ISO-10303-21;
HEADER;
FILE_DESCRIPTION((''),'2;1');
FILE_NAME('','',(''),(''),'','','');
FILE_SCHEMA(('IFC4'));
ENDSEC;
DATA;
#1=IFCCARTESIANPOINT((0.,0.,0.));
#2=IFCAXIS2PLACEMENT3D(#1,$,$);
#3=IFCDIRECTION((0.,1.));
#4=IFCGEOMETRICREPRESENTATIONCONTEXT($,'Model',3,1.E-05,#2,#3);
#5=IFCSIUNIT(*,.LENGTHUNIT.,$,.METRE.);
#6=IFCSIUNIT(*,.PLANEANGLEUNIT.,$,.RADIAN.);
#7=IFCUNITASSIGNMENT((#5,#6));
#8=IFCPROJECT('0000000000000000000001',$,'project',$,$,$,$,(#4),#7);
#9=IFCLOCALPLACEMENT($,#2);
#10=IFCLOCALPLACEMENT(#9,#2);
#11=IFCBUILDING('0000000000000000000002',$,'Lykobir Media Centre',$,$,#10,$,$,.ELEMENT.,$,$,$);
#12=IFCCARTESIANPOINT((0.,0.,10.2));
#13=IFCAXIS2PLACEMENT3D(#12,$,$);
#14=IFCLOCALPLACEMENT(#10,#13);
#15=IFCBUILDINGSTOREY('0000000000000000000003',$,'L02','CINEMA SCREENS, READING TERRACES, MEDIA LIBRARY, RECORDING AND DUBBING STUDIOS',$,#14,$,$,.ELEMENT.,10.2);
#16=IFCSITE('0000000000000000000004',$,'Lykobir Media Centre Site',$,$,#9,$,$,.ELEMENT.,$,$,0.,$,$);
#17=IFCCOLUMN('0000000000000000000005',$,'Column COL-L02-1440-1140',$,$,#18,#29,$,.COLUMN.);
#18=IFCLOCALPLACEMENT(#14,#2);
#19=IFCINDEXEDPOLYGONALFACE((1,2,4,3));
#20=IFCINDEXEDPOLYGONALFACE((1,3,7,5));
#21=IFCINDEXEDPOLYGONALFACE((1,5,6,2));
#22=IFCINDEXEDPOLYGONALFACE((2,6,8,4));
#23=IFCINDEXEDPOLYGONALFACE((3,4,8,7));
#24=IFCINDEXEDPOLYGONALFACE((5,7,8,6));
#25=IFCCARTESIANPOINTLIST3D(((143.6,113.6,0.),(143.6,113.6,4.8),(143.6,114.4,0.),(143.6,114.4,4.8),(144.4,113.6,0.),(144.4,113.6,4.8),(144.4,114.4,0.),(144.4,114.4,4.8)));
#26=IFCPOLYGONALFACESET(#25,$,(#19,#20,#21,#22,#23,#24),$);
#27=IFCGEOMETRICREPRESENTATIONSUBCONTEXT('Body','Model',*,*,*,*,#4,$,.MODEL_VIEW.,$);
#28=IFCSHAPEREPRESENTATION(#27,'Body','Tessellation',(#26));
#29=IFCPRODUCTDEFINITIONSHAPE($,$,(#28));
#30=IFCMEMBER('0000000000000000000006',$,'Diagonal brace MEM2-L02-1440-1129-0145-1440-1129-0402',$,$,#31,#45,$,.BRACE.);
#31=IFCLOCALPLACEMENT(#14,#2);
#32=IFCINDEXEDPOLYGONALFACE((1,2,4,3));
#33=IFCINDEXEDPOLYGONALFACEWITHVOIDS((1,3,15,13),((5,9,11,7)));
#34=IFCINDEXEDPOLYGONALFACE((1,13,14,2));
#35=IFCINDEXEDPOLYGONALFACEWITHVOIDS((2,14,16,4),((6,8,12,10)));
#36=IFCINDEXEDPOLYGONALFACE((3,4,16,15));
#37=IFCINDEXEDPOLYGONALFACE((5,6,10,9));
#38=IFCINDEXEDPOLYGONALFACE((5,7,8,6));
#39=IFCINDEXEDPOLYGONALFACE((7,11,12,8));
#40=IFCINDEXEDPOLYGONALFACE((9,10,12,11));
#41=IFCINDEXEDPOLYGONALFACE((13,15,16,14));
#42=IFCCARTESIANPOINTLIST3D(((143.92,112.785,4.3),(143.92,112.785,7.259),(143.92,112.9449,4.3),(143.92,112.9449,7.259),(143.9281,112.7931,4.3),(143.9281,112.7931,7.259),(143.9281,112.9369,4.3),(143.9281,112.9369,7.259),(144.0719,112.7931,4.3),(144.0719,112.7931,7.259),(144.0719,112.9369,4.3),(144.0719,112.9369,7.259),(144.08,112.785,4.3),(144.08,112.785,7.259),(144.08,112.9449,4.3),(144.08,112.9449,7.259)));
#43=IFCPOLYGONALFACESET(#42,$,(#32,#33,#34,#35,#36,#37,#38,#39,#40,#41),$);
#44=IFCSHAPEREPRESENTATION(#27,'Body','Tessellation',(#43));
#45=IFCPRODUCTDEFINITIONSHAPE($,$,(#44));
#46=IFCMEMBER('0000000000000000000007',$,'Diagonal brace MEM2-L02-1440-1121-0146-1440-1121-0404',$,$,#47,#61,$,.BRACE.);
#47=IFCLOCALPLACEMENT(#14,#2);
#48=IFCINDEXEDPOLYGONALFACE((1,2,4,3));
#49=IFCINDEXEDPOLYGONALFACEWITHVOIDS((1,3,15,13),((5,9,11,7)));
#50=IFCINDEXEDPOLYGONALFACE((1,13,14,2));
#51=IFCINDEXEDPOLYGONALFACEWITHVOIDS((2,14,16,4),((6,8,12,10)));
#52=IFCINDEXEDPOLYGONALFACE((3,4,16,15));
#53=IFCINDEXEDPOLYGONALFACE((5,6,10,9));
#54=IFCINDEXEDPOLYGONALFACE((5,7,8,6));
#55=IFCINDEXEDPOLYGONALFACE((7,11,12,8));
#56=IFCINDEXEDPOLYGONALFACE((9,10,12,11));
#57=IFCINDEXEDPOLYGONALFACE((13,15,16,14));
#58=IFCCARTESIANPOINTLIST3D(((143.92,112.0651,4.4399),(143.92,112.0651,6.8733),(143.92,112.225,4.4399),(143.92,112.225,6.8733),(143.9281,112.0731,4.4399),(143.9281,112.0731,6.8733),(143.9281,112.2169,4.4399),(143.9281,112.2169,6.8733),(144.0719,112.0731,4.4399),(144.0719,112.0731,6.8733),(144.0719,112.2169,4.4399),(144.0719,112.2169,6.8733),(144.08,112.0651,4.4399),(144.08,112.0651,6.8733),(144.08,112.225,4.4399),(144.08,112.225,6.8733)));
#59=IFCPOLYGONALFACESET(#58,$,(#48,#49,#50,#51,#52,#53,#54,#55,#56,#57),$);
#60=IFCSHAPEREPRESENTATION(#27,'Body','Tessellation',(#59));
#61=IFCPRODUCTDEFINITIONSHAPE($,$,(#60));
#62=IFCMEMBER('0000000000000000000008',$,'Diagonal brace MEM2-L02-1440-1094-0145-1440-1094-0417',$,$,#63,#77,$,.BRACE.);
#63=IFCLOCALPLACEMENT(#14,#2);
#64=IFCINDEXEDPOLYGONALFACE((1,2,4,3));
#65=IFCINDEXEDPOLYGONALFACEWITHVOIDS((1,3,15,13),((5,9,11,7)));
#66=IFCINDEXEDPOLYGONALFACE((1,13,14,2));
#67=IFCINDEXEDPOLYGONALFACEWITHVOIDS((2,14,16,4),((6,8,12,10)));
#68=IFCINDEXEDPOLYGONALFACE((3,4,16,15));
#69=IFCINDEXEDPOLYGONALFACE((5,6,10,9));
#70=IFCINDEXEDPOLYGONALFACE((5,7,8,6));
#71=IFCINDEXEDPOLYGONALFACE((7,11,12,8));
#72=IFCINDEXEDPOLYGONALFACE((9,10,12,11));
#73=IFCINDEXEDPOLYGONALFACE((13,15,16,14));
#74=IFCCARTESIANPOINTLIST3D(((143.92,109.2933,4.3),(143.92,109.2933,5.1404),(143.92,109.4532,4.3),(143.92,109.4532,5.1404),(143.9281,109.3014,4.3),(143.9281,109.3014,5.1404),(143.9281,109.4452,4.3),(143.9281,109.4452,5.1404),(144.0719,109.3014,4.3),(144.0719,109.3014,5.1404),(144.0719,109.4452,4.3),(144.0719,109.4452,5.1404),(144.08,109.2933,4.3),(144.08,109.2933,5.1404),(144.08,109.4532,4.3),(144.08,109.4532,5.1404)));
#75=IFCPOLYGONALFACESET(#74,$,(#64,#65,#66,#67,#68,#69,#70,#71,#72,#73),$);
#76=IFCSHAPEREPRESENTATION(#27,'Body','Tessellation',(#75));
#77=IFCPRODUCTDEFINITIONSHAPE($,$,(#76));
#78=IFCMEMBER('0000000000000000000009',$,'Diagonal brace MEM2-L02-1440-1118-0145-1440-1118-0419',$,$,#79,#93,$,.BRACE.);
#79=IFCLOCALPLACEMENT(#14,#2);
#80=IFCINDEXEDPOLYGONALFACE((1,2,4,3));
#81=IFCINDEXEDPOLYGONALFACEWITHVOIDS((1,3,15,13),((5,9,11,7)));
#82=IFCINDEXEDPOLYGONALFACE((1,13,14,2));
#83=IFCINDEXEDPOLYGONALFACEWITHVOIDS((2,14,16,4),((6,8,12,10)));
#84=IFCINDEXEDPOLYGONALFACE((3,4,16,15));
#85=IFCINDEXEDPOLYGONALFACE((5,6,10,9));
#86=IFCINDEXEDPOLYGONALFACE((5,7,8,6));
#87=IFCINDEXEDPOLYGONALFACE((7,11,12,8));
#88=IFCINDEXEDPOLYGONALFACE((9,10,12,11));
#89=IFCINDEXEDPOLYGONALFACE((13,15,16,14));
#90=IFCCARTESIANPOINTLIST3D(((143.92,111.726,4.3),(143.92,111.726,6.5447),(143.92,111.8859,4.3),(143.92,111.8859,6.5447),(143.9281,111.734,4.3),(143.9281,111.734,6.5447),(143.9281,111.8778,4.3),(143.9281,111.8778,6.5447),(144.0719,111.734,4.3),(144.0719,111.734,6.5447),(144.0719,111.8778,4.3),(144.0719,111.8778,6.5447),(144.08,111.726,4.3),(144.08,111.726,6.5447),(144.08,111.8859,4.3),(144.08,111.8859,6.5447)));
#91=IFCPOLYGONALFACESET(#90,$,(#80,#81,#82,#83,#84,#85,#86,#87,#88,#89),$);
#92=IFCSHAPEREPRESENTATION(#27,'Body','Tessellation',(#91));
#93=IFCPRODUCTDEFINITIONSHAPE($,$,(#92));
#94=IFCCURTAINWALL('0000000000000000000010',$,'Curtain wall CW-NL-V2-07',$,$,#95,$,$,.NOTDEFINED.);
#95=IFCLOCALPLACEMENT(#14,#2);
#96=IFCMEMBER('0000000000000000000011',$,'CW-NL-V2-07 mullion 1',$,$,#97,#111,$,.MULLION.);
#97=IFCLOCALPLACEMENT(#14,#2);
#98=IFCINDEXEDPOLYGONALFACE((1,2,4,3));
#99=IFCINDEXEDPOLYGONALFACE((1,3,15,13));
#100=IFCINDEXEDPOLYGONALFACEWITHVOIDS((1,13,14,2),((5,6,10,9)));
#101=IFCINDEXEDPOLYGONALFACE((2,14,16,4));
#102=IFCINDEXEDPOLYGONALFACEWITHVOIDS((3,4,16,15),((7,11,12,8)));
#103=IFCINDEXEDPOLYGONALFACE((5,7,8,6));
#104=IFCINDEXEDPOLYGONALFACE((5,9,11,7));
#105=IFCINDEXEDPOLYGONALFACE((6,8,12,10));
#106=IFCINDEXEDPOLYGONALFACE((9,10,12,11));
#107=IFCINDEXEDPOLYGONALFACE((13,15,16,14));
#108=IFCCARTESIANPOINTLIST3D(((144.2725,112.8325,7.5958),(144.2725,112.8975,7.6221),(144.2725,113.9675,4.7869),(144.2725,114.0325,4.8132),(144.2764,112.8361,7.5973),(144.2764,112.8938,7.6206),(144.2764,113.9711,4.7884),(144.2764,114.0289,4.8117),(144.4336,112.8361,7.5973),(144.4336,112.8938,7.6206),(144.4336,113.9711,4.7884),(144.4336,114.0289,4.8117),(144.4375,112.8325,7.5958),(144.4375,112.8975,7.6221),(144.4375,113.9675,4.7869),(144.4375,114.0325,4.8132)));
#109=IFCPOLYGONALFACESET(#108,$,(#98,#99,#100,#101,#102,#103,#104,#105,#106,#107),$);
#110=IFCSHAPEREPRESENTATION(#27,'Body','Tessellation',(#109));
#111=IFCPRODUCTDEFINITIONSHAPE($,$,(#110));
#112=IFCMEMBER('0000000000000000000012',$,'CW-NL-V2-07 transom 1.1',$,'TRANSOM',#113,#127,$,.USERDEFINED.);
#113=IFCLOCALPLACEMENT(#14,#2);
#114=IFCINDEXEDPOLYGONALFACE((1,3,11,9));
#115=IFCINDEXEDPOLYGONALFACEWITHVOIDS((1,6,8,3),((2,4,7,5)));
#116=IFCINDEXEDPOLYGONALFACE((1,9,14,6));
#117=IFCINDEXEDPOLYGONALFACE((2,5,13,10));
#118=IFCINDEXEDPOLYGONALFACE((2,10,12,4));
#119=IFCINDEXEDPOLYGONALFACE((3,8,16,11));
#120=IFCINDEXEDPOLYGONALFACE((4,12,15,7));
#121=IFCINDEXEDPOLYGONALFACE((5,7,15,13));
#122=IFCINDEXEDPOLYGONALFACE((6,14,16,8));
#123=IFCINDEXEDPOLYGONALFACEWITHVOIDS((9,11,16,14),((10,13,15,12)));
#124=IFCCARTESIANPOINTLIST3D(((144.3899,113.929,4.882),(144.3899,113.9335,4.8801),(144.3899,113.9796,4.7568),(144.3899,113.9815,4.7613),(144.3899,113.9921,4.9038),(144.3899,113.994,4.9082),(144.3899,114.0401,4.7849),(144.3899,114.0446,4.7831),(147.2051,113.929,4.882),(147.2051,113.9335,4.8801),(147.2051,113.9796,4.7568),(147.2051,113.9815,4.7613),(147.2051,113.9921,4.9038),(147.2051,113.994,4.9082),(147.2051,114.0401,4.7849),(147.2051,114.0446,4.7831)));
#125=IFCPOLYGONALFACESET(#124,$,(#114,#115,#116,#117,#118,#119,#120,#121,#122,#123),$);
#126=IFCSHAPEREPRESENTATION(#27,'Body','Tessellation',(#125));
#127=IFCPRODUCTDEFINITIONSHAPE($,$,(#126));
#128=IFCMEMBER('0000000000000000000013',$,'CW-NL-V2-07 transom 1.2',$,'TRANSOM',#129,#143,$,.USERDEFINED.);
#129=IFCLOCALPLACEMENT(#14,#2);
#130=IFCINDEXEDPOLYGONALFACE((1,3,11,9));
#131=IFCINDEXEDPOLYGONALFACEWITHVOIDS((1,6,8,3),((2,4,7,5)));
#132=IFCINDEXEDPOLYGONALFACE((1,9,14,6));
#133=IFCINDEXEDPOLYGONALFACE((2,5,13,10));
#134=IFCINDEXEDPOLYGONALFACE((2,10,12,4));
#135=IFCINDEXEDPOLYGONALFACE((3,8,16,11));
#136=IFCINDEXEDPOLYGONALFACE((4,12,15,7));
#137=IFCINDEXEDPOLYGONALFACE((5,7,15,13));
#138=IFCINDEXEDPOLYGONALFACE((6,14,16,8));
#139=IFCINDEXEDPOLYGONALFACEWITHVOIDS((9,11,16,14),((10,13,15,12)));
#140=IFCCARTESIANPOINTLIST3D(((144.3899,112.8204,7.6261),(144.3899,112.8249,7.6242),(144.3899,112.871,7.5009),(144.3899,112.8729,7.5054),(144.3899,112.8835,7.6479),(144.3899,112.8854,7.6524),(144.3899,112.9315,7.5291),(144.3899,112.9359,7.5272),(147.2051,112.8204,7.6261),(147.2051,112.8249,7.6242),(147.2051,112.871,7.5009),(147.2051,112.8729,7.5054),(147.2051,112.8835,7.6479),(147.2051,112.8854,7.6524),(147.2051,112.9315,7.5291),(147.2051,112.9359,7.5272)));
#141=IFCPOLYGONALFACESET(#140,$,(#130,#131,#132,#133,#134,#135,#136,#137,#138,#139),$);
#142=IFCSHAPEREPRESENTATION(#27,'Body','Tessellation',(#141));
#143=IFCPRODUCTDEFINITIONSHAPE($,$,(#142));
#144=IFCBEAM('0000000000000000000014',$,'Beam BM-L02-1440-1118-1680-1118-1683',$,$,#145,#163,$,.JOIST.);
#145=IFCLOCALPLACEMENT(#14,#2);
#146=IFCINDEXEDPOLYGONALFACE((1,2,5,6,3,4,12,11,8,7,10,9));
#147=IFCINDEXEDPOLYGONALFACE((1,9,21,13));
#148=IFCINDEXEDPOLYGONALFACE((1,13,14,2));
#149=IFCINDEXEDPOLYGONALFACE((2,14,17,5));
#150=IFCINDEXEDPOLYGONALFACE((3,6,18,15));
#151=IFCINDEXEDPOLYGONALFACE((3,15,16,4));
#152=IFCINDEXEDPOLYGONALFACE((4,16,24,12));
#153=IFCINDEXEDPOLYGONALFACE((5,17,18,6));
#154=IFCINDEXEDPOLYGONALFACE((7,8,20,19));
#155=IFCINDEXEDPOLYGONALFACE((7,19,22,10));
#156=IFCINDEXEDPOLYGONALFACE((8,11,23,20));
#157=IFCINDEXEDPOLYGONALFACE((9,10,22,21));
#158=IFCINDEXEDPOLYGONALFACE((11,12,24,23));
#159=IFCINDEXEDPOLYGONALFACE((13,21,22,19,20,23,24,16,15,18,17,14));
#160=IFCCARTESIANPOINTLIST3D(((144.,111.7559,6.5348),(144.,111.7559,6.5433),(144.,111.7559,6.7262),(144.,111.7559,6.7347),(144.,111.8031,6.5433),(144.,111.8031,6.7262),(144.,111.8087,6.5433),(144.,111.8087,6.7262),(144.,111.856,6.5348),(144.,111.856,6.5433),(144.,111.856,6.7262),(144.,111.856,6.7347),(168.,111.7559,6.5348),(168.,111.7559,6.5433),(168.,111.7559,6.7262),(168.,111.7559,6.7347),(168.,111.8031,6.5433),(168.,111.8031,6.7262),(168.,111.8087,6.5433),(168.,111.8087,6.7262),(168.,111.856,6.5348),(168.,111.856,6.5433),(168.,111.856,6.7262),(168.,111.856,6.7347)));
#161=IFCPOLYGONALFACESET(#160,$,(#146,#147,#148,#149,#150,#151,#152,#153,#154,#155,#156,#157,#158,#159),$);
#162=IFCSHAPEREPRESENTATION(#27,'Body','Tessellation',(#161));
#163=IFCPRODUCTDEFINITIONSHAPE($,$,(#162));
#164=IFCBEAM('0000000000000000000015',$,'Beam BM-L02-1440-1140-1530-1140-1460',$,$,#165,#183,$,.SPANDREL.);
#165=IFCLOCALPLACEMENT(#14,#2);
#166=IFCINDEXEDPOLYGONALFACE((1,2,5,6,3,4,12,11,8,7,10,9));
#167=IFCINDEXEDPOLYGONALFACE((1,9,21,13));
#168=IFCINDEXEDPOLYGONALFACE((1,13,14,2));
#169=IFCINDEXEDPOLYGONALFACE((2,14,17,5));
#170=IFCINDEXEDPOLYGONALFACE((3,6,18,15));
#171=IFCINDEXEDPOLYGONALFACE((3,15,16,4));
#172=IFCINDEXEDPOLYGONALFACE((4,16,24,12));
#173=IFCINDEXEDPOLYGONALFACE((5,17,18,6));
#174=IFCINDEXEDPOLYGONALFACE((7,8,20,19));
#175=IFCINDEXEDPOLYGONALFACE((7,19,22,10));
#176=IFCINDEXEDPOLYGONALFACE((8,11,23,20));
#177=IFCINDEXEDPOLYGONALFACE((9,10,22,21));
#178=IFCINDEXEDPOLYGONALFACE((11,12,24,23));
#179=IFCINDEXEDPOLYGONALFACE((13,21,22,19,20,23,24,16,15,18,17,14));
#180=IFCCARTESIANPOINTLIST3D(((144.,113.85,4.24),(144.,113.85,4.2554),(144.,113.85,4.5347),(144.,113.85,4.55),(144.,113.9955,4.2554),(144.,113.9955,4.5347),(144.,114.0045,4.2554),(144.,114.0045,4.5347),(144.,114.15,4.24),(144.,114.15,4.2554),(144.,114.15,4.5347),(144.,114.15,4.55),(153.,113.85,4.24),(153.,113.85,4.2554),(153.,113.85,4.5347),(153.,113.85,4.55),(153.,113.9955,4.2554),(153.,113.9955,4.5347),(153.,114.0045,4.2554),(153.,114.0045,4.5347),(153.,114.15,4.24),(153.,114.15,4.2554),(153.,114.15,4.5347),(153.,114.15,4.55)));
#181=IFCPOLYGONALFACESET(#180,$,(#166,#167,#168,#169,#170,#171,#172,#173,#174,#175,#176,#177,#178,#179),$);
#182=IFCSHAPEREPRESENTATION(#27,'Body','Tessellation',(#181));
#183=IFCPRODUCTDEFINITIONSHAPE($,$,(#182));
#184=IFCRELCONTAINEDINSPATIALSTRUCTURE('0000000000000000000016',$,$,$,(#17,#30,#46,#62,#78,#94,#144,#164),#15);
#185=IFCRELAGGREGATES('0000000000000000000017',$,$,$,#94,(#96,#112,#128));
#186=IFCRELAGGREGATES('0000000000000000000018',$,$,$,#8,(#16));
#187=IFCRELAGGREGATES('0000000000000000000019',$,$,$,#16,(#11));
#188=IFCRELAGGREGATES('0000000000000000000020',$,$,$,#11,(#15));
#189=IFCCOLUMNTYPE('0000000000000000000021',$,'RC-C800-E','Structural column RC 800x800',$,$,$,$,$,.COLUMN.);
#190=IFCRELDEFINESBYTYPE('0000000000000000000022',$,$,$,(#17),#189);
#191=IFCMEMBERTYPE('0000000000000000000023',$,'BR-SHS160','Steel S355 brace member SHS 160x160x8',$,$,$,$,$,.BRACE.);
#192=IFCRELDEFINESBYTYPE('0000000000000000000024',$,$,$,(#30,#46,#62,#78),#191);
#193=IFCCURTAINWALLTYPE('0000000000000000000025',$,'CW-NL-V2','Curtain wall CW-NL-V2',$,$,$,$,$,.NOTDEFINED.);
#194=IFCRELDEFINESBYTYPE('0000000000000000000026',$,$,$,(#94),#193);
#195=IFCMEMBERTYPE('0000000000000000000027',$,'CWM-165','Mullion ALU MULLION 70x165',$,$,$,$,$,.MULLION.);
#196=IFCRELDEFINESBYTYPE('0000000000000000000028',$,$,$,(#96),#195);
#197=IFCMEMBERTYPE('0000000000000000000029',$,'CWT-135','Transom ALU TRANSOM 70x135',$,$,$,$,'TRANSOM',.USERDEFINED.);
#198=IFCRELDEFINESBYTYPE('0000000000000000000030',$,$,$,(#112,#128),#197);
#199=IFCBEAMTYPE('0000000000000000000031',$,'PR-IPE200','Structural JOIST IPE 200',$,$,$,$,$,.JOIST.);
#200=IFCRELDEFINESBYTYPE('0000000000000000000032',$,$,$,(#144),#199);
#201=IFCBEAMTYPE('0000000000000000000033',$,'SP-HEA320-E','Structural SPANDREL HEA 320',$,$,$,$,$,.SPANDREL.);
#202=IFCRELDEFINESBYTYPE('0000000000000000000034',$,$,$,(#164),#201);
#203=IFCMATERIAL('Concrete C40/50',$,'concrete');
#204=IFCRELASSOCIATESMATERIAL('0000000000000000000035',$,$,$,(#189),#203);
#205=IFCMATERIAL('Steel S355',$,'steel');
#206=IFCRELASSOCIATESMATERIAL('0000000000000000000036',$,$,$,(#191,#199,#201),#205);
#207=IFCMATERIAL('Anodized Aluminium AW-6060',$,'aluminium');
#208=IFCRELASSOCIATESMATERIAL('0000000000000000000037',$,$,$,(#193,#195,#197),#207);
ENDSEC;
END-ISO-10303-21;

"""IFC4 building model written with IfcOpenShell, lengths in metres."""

from ifc_helpers import new_model, si_unit, direction, frame, origin, origin_2d, place, context, subcontext, project, spatial, rectangle, hollow_rectangle, i_section, extrude, material, material_profile, profile_set, type_object, element, aggregate, save


model = new_model("IFC4")

# Units and contexts
model_context = context("Model", 3, precision=1e-05, world=origin(), true_north=direction((0.0, 1.0)))
body_context = subcontext(model_context, "Body", "Model", "MODEL_VIEW")
ifc_project = project(units=[si_unit("LENGTHUNIT", "METRE"), si_unit("PLANEANGLEUNIT", "RADIAN")], contexts=[model_context])

# Site, building, storey
site_placement = place(None, origin())
site = spatial("IfcSite", under=ifc_project, at=site_placement, Name="Lykobir Media Centre Site", CompositionType="ELEMENT", RefElevation=0.0)
building_placement = place(site_placement, origin())
building = spatial("IfcBuilding", under=site, at=building_placement, Name="Lykobir Media Centre", CompositionType="ELEMENT")
storey_placement = place(building_placement, frame((0.0, 0.0, 10.2)))
storey = spatial("IfcBuildingStorey", under=building, at=storey_placement, Name="L02", Description="CINEMA SCREENS, READING TERRACES, MEDIA LIBRARY, RECORDING AND DUBBING STUDIOS", CompositionType="ELEMENT", Elevation=10.2)

# Column
ifc_material_1 = material(Name="Concrete C40/50", Category="concrete")
ifc_material_profile_1 = material_profile(ifc_material_1, rectangle(XDim=0.8, YDim=0.8, at=origin_2d()), Name="RC 800x800")
ifc_profile_set_1 = profile_set([ifc_material_profile_1], Name="Concrete C40/50")
column_type = type_object("IfcColumnType", Name="RC-C800-E", Description="Structural column RC 800x800", PredefinedType="COLUMN", material=ifc_profile_set_1)
column_placement = place(storey_placement, frame((144.0, 114.0, 0.0), z_axis=(0.0, 0.0, 1.0), x_axis=(1.0, 0.0, 0.0)))
element("IfcColumn", 1, at=column_placement, inside=storey, type_object=column_type, Name="Column COL-L02-1440-1140", PredefinedType="COLUMN", context=body_context, shape_type="SweptSolid", body=[
    extrude(rectangle(XDim=0.8, YDim=0.8, at=origin_2d()), origin(), (0.0, 0.0, 1.0), 4.8),
])

# Members
ifc_material_2 = material(Name="Steel S355", Category="steel")
ifc_material_profile_2 = material_profile(ifc_material_2, hollow_rectangle(XDim=0.1599, YDim=0.1599, WallThickness=0.0081, at=origin_2d()), Name="SHS 160x160x8")
ifc_profile_set_2 = profile_set([ifc_material_profile_2], Name="Steel S355")
member_type_1 = type_object("IfcMemberType", Name="BR-SHS160", Description="Steel S355 brace member SHS 160x160x8", PredefinedType="BRACE", material=ifc_profile_set_2)
member_1_placement = place(storey_placement, frame((144.0, 112.865, 4.3), z_axis=(0.0, 0.0, 1.0), x_axis=(1.0, 0.0, 0.0)))
element("IfcMember", 2, at=member_1_placement, inside=storey, type_object=member_type_1, Name="Diagonal brace MEM2-L02-1440-1129-0145-1440-1129-0402", PredefinedType="BRACE", context=body_context, shape_type="SweptSolid", body=[
    extrude(hollow_rectangle(XDim=0.1599, YDim=0.1599, WallThickness=0.0081, at=origin_2d()), origin(), (0.0, 0.0, 1.0), 2.959),
])
member_2_placement = place(storey_placement, frame((144.0, 112.145, 4.4399), z_axis=(0.0, 0.0, 1.0), x_axis=(1.0, 0.0, 0.0)))
element("IfcMember", 3, at=member_2_placement, inside=storey, type_object=member_type_1, Name="Diagonal brace MEM2-L02-1440-1121-0146-1440-1121-0404", PredefinedType="BRACE", context=body_context, shape_type="SweptSolid", body=[
    extrude(hollow_rectangle(XDim=0.1599, YDim=0.1599, WallThickness=0.0081, at=origin_2d()), origin(), (0.0, 0.0, 1.0), 2.4333),
])
member_3_placement = place(storey_placement, frame((144.0, 109.3733, 4.3), z_axis=(0.0, 0.0, 1.0), x_axis=(1.0, 0.0, 0.0)))
element("IfcMember", 4, at=member_3_placement, inside=storey, type_object=member_type_1, Name="Diagonal brace MEM2-L02-1440-1094-0145-1440-1094-0417", PredefinedType="BRACE", context=body_context, shape_type="SweptSolid", body=[
    extrude(hollow_rectangle(XDim=0.1599, YDim=0.1599, WallThickness=0.0081, at=origin_2d()), origin(), (0.0, 0.0, 1.0), 0.8403),
])
member_4_placement = place(storey_placement, frame((144.0, 111.8059, 4.3), z_axis=(0.0, 0.0, 1.0), x_axis=(1.0, 0.0, 0.0)))
element("IfcMember", 5, at=member_4_placement, inside=storey, type_object=member_type_1, Name="Diagonal brace MEM2-L02-1440-1118-0145-1440-1118-0419", PredefinedType="BRACE", context=body_context, shape_type="SweptSolid", body=[
    extrude(hollow_rectangle(XDim=0.1599, YDim=0.1599, WallThickness=0.0081, at=origin_2d()), origin(), (0.0, 0.0, 1.0), 2.2446),
])

# Curtain wall, members
ifc_material_3 = material(Name="Anodized Aluminium AW-6060", Category="aluminium")
curtain_wall_type = type_object("IfcCurtainWallType", Name="CW-NL-V2", Description="Curtain wall CW-NL-V2", PredefinedType="NOTDEFINED", material=ifc_material_3)
curtain_wall_placement = place(storey_placement, origin())
curtain_wall = element("IfcCurtainWall", 6, at=curtain_wall_placement, inside=storey, type_object=curtain_wall_type, Name="Curtain wall CW-NL-V2-07", PredefinedType="NOTDEFINED")
ifc_material_profile_3 = material_profile(ifc_material_3, hollow_rectangle(XDim=0.0701, YDim=0.165, WallThickness=0.0039, at=origin_2d()), Name="ALU MULLION 70x165")
ifc_profile_set_3 = profile_set([ifc_material_profile_3], Name="Anodized Aluminium AW-6060")
member_type_2 = type_object("IfcMemberType", Name="CWM-165", Description="Mullion ALU MULLION 70x165", PredefinedType="MULLION", material=ifc_profile_set_3)
member_5_placement = place(storey_placement, frame((144.355, 114.0, 4.8), z_axis=(0.0, -0.374654, 0.927165), x_axis=(0.0, 0.927165, 0.374654)))
member_5 = element("IfcMember", 7, at=member_5_placement, type_object=member_type_2, Name="CW-NL-V2-07 mullion 1", PredefinedType="MULLION", context=body_context, shape_type="SweptSolid", body=[
    extrude(hollow_rectangle(XDim=0.0701, YDim=0.165, WallThickness=0.0039, at=origin_2d()), origin(), (0.0, 0.0, 1.0), 3.0295),
])
ifc_material_profile_4 = material_profile(ifc_material_3, hollow_rectangle(XDim=0.0701, YDim=0.135, WallThickness=0.0034, at=origin_2d()), Name="ALU TRANSOM 70x135")
ifc_profile_set_4 = profile_set([ifc_material_profile_4], Name="Anodized Aluminium AW-6060")
member_type_3 = type_object("IfcMemberType", Name="CWT-135", Description="Transom ALU TRANSOM 70x135", ElementType="TRANSOM", PredefinedType="USERDEFINED", material=ifc_profile_set_4)
member_6_placement = place(storey_placement, frame((144.3899, 113.9868, 4.8325), z_axis=(1.0, 0.0, 0.0), x_axis=(0.0, 0.927184, 0.374607)))
member_6 = element("IfcMember", 8, at=member_6_placement, type_object=member_type_3, Name="CW-NL-V2-07 transom 1.1", ObjectType="TRANSOM", PredefinedType="USERDEFINED", context=body_context, shape_type="SweptSolid", body=[
    extrude(hollow_rectangle(XDim=0.0701, YDim=0.135, WallThickness=0.0034, at=origin_2d()), origin(), (0.0, 0.0, 1.0), 2.8152),
])
member_7_placement = place(storey_placement, frame((144.3899, 112.8782, 7.5767), z_axis=(1.0, 0.0, 0.0), x_axis=(0.0, 0.927184, 0.374607)))
member_7 = element("IfcMember", 9, at=member_7_placement, type_object=member_type_3, Name="CW-NL-V2-07 transom 1.2", ObjectType="TRANSOM", PredefinedType="USERDEFINED", context=body_context, shape_type="SweptSolid", body=[
    extrude(hollow_rectangle(XDim=0.0701, YDim=0.135, WallThickness=0.0034, at=origin_2d()), origin(), (0.0, 0.0, 1.0), 2.8152),
])
aggregate(curtain_wall, [member_5, member_6, member_7])

# Beams
ifc_material_profile_5 = material_profile(ifc_material_2, i_section(OverallWidth=0.1001, OverallDepth=0.2, WebThickness=0.0056, FlangeThickness=0.0085, at=origin_2d()), Name="IPE 200")
ifc_profile_set_5 = profile_set([ifc_material_profile_5], Name="Steel S355")
beam_type_1 = type_object("IfcBeamType", Name="PR-IPE200", Description="Structural JOIST IPE 200", PredefinedType="JOIST", material=ifc_profile_set_5)
beam_1_placement = place(storey_placement, frame((144.0, 111.8059, 6.6348), z_axis=(1.0, 0.0, 0.0), x_axis=(0.0, 1.0, 0.0)))
element("IfcBeam", 10, at=beam_1_placement, inside=storey, type_object=beam_type_1, Name="Beam BM-L02-1440-1118-1680-1118-1683", PredefinedType="JOIST", context=body_context, shape_type="SweptSolid", body=[
    extrude(i_section(OverallWidth=0.1001, OverallDepth=0.2, WebThickness=0.0056, FlangeThickness=0.0085, at=origin_2d()), origin(), (0.0, 0.0, 1.0), 24.0),
])
ifc_material_profile_6 = material_profile(ifc_material_2, i_section(OverallWidth=0.3, OverallDepth=0.3101, WebThickness=0.009, FlangeThickness=0.0154, at=origin_2d()), Name="HEA 320")
ifc_profile_set_6 = profile_set([ifc_material_profile_6], Name="Steel S355")
beam_type_2 = type_object("IfcBeamType", Name="SP-HEA320-E", Description="Structural SPANDREL HEA 320", PredefinedType="SPANDREL", material=ifc_profile_set_6)
beam_2_placement = place(storey_placement, frame((144.0, 114.0, 4.395), z_axis=(1.0, 0.0, 0.0), x_axis=(0.0, 1.0, 0.0)))
element("IfcBeam", 11, at=beam_2_placement, inside=storey, type_object=beam_type_2, Name="Beam BM-L02-1440-1140-1530-1140-1460", PredefinedType="SPANDREL", context=body_context, shape_type="SweptSolid", body=[
    extrude(i_section(OverallWidth=0.3, OverallDepth=0.3101, WebThickness=0.009, FlangeThickness=0.0154, at=origin_2d()), origin(), (0.0, 0.0, 1.0), 9.0),
])

save(model, "model.ifc")
